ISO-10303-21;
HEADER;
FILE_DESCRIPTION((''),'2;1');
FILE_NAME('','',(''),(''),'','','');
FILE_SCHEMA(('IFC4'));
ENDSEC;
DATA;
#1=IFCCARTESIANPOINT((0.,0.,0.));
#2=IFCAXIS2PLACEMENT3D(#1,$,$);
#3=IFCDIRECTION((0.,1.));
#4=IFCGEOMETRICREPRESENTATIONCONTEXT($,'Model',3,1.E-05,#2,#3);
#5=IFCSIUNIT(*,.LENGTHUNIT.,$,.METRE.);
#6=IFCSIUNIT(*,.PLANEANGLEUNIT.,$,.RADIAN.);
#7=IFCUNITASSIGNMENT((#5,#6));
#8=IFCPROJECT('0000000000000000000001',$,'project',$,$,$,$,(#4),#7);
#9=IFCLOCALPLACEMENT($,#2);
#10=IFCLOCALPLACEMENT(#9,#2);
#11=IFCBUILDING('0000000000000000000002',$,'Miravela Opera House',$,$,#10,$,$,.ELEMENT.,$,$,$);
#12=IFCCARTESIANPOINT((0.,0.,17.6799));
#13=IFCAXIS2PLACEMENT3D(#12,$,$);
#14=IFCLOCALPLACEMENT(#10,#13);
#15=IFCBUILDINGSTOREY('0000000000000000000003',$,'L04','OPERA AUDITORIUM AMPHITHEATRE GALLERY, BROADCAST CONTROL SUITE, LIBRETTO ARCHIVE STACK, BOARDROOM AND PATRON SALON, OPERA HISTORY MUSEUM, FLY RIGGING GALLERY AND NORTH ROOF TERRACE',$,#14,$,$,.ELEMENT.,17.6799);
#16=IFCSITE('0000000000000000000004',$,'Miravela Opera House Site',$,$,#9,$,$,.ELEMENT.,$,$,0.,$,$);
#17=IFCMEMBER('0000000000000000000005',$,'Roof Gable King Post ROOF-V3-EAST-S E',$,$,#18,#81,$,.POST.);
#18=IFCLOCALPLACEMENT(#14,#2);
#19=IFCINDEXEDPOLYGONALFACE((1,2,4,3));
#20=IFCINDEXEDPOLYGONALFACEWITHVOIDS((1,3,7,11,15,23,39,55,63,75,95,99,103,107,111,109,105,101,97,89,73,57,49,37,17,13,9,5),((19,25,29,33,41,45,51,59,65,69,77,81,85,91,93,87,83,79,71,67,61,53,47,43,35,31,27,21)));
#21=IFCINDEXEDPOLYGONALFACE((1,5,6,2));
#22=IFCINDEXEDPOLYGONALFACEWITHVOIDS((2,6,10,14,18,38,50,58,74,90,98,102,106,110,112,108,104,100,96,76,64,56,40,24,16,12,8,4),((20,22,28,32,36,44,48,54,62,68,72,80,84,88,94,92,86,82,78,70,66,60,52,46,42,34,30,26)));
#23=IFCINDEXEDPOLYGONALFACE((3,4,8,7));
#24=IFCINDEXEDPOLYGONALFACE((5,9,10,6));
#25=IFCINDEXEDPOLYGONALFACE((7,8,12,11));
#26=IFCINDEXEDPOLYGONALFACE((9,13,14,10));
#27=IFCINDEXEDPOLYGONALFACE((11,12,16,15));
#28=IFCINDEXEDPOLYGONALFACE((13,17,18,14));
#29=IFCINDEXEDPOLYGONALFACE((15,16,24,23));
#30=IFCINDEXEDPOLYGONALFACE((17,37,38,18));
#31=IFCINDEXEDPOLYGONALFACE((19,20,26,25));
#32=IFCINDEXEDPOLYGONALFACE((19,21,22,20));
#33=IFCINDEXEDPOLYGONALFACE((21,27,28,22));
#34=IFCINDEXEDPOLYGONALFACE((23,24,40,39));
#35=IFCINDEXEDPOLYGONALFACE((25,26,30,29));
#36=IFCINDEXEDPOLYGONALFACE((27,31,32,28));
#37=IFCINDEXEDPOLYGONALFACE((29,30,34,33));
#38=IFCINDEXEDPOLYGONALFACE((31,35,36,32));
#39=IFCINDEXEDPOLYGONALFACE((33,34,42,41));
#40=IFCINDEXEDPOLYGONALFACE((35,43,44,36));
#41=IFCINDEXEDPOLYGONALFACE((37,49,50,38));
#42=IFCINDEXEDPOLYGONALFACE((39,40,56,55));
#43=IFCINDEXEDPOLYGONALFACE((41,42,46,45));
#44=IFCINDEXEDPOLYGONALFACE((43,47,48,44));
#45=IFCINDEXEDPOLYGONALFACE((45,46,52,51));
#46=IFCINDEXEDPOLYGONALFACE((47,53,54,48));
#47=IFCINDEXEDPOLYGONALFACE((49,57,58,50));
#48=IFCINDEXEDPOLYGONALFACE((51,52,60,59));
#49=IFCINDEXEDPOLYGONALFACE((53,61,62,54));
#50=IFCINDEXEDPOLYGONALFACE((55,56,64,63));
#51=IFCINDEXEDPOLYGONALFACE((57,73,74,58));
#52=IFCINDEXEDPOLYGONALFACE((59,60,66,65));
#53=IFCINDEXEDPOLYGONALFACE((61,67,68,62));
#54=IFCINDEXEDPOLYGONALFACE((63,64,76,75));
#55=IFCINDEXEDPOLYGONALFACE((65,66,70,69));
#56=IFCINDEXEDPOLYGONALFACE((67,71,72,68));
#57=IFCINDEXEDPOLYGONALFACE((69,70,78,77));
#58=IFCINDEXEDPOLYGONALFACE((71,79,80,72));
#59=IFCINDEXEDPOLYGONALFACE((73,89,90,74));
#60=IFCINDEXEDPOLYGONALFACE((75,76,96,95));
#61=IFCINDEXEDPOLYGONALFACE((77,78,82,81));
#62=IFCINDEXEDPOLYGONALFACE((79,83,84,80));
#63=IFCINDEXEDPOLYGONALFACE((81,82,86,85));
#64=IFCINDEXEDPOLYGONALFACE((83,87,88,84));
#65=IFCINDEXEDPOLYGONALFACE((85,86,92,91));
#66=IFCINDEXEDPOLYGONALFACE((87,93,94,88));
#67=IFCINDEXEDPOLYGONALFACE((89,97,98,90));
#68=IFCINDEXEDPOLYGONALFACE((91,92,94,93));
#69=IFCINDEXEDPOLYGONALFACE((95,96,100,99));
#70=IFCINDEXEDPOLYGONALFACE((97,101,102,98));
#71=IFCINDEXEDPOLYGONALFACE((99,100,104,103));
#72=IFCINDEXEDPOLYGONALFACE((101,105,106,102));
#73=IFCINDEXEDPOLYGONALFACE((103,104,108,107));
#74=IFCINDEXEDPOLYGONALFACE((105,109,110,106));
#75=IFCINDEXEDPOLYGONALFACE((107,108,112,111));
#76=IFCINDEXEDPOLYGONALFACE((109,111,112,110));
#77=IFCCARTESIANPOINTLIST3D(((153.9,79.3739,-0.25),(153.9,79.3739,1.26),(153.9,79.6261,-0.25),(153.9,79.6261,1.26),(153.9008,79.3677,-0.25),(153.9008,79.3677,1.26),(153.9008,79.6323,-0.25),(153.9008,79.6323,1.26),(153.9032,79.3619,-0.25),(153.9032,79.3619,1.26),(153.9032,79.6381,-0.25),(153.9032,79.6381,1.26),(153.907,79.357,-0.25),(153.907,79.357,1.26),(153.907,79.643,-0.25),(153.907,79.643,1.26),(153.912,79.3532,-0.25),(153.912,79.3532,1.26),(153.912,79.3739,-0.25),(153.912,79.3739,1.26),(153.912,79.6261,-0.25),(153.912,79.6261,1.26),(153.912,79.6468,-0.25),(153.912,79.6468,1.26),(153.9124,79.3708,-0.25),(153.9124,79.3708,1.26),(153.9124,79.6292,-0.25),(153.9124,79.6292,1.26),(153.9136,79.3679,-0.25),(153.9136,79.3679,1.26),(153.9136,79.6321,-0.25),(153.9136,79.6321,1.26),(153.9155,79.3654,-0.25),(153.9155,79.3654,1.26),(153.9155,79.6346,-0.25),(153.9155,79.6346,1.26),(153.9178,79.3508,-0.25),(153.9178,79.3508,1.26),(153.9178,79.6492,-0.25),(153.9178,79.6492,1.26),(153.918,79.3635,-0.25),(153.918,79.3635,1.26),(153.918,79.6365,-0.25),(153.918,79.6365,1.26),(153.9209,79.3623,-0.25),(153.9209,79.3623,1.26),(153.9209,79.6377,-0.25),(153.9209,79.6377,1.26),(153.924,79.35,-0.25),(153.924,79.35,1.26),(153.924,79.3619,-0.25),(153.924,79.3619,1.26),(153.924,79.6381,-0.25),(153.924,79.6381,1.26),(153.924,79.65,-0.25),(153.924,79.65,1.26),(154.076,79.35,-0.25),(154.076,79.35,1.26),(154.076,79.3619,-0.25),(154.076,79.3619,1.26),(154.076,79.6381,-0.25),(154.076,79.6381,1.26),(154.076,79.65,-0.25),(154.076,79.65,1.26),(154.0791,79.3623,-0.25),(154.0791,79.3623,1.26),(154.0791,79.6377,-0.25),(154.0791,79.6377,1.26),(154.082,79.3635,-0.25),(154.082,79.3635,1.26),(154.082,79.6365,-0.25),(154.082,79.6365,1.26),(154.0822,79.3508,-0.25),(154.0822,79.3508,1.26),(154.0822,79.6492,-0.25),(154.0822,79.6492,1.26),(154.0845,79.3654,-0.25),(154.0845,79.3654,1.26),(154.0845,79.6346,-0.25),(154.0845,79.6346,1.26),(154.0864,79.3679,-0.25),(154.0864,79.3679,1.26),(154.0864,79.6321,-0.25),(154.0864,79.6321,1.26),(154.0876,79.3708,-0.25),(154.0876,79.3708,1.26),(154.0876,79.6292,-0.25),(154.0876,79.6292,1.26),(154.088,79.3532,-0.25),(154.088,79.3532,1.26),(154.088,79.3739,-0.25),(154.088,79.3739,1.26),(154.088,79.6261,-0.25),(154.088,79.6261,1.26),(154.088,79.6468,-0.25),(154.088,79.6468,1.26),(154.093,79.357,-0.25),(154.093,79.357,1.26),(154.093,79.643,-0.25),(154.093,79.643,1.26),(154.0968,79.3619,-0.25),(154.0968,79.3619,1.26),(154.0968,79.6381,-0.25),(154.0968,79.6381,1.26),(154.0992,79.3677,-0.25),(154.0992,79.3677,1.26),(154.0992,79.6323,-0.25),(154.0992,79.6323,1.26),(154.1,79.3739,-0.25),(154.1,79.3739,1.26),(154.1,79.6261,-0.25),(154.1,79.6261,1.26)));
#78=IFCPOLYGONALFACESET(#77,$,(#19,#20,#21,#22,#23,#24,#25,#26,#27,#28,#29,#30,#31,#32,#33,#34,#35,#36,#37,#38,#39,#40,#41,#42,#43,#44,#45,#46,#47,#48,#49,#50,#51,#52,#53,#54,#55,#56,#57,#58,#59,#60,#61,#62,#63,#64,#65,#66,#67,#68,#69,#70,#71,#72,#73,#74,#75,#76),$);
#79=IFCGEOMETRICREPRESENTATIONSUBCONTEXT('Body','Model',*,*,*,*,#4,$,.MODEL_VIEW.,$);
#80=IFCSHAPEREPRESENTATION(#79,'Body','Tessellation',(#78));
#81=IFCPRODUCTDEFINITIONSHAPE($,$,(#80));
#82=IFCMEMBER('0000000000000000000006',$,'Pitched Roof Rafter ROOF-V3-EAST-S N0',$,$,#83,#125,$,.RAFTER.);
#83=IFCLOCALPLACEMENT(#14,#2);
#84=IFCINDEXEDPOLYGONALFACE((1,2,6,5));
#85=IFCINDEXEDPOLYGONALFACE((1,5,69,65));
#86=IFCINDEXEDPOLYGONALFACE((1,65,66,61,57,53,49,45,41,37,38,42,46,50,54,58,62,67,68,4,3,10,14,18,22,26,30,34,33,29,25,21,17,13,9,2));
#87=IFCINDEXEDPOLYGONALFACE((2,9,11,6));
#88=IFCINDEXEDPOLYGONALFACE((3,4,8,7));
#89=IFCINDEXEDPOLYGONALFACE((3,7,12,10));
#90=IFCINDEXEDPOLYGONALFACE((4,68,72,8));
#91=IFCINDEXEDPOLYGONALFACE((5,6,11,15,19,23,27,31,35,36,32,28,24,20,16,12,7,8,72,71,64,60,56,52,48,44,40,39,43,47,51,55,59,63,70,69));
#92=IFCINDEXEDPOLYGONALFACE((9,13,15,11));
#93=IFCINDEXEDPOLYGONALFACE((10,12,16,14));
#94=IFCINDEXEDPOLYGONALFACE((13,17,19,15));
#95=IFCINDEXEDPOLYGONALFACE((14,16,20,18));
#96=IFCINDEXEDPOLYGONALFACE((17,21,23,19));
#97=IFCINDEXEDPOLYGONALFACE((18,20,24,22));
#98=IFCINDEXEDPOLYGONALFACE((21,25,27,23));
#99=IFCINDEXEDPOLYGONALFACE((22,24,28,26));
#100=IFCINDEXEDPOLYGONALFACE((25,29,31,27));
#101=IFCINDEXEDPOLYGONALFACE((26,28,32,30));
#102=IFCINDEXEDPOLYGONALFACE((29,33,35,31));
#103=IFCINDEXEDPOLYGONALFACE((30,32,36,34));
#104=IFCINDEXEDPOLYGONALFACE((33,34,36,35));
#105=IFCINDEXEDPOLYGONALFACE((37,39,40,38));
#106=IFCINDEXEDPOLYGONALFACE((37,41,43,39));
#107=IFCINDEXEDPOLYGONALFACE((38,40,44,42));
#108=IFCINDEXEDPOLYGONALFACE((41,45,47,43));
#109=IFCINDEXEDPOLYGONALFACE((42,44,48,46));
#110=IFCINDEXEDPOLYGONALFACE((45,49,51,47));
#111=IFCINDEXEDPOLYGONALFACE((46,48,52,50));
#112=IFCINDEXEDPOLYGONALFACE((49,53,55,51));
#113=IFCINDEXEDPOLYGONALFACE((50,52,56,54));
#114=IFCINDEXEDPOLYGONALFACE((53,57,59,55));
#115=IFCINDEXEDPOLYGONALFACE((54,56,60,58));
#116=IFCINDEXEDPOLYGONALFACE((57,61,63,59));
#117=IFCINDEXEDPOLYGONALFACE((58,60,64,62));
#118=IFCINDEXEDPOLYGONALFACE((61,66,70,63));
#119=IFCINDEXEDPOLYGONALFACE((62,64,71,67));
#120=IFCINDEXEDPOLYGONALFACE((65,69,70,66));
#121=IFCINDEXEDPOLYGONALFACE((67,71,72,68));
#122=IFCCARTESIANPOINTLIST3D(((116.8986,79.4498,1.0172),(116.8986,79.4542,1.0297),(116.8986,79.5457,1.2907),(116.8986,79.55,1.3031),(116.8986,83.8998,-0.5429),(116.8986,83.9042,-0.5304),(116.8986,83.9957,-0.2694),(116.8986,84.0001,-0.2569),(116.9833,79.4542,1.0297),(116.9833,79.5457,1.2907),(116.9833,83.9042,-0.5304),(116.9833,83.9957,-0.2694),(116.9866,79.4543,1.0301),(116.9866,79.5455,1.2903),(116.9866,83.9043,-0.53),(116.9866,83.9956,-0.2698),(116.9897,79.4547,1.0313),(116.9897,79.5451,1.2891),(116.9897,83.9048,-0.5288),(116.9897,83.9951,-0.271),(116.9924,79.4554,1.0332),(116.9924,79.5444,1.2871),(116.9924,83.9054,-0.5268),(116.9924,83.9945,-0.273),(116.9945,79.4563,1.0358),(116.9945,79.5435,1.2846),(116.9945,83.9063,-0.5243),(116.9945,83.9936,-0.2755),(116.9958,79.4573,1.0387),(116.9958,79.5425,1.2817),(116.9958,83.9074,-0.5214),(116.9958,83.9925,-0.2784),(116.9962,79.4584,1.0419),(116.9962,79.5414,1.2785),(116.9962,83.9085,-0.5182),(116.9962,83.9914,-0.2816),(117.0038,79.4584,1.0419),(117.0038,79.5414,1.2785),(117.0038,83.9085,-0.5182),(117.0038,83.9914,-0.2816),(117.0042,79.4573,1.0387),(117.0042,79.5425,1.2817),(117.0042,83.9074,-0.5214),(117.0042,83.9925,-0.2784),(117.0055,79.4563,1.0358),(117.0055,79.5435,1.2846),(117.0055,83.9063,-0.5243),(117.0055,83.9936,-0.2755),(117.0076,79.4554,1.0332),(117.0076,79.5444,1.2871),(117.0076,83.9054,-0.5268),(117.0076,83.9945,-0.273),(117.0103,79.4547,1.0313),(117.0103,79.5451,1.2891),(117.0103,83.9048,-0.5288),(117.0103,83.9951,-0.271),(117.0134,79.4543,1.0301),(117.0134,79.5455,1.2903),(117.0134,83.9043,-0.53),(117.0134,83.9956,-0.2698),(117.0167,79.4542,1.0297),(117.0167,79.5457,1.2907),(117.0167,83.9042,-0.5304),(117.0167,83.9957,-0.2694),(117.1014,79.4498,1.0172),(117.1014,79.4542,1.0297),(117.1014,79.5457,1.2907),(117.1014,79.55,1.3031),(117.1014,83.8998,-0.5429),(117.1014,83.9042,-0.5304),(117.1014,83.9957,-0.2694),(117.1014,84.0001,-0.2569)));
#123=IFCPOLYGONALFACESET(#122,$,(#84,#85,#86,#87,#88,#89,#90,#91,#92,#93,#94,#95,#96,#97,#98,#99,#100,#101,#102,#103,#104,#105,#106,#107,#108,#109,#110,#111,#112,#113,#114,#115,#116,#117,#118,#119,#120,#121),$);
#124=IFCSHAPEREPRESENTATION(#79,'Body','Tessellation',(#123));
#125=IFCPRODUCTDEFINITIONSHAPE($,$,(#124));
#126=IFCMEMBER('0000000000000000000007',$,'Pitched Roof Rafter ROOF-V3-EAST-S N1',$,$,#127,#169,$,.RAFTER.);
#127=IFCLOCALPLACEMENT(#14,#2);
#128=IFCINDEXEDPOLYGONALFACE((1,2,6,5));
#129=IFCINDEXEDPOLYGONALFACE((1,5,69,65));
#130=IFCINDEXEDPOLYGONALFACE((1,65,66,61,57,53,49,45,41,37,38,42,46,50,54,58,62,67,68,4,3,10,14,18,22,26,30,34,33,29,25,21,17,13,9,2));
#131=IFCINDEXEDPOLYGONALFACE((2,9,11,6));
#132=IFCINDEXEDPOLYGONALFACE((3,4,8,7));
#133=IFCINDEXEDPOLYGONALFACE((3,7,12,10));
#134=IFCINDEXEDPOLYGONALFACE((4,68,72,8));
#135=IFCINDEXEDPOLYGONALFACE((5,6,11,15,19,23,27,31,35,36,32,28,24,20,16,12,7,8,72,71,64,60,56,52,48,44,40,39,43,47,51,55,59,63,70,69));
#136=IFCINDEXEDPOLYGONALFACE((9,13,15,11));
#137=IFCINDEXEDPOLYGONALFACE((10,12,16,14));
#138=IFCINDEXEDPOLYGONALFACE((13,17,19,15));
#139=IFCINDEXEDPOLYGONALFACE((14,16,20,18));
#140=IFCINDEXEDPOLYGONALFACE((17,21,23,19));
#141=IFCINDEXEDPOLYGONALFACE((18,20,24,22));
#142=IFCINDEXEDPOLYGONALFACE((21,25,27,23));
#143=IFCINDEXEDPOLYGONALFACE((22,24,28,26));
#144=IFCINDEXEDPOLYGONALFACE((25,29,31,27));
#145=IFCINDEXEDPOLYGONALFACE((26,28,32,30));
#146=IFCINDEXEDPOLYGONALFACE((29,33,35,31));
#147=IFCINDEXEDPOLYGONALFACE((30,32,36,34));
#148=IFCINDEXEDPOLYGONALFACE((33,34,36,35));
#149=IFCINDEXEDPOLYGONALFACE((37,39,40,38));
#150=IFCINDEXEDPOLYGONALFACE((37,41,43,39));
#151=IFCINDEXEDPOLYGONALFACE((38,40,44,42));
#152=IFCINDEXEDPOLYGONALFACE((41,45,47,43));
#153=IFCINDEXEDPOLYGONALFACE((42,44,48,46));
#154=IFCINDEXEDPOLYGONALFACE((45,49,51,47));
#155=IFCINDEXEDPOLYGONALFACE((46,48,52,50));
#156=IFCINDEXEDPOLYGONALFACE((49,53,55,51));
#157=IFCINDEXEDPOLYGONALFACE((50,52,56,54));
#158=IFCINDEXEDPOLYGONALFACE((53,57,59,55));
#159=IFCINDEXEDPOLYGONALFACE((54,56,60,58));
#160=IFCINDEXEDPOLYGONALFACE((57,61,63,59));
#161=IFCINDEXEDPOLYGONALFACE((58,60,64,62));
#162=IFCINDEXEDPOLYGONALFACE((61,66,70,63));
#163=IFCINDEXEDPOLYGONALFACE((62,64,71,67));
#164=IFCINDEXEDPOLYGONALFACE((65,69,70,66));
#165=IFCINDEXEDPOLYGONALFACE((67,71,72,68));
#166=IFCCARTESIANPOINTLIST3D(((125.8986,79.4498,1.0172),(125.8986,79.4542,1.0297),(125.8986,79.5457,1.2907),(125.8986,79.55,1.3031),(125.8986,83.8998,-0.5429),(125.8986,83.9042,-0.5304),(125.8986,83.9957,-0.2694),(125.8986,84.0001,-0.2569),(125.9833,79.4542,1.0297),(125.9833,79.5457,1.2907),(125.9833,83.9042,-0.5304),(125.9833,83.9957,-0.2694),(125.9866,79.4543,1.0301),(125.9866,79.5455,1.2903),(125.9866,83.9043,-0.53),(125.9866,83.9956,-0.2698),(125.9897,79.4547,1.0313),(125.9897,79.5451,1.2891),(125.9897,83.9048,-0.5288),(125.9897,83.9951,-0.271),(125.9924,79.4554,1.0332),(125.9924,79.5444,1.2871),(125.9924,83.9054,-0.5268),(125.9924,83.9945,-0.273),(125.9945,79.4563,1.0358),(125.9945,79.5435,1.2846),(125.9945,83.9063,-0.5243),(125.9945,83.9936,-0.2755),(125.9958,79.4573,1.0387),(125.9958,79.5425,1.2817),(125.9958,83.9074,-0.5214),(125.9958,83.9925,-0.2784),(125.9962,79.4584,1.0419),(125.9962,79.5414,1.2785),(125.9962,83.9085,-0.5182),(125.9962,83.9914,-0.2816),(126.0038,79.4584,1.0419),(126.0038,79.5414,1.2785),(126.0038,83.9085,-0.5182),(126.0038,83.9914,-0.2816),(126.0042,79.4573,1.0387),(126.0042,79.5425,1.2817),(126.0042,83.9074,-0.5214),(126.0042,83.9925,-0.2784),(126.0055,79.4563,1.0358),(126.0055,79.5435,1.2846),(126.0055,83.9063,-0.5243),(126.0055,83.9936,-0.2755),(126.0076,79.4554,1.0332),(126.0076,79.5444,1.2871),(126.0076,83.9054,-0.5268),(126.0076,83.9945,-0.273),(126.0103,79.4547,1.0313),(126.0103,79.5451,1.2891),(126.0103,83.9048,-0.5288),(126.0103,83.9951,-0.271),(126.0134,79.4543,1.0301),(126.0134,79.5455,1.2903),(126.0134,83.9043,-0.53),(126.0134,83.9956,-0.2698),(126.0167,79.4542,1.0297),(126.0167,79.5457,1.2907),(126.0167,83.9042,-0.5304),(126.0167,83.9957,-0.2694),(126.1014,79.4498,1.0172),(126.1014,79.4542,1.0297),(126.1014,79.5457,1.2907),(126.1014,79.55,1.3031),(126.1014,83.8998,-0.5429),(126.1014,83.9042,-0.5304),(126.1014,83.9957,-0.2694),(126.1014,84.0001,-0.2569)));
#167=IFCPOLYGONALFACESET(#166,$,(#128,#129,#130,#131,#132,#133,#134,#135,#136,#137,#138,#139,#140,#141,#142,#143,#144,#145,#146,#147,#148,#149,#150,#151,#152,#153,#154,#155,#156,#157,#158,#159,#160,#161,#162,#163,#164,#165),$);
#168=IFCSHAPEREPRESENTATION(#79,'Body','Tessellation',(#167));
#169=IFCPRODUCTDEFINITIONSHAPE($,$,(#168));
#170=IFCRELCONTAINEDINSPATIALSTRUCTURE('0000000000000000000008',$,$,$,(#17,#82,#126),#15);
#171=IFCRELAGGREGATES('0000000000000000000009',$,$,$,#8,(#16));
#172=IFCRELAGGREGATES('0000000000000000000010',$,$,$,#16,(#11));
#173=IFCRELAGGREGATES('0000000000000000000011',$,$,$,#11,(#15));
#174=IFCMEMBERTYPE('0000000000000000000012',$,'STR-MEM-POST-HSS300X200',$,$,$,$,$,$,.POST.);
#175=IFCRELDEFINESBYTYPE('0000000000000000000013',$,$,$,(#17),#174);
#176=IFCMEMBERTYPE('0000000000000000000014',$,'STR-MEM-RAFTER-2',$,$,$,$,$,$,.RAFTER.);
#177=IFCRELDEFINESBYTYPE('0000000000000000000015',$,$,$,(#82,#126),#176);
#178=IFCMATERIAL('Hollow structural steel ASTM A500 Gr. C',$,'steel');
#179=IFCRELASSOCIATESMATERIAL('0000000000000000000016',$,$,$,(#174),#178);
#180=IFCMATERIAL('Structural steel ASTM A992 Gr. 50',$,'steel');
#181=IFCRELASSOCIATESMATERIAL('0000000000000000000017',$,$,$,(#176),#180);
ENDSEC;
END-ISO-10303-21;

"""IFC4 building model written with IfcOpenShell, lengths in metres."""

from ifc_helpers import new_model, si_unit, direction, frame, origin, origin_2d, place, context, subcontext, project, spatial, hollow_rectangle, i_section, extrude, material, material_profile, profile_set, type_object, element, save


model = new_model("IFC4")

# Units and contexts
model_context = context("Model", 3, precision=1e-05, world=origin(), true_north=direction((0.0, 1.0)))
body_context = subcontext(model_context, "Body", "Model", "MODEL_VIEW")
ifc_project = project(units=[si_unit("LENGTHUNIT", "METRE"), si_unit("PLANEANGLEUNIT", "RADIAN")], contexts=[model_context])

# Site, building, storey
site_placement = place(None, origin())
site = spatial("IfcSite", under=ifc_project, at=site_placement, Name="Miravela Opera House Site", CompositionType="ELEMENT", RefElevation=0.0)
building_placement = place(site_placement, origin())
building = spatial("IfcBuilding", under=site, at=building_placement, Name="Miravela Opera House", CompositionType="ELEMENT")
storey_placement = place(building_placement, frame((0.0, 0.0, 17.6799)))
storey = spatial("IfcBuildingStorey", under=building, at=storey_placement, Name="L04", Description="OPERA AUDITORIUM AMPHITHEATRE GALLERY, BROADCAST CONTROL SUITE, LIBRETTO ARCHIVE STACK, BOARDROOM AND PATRON SALON, OPERA HISTORY MUSEUM, FLY RIGGING GALLERY AND NORTH ROOF TERRACE", CompositionType="ELEMENT", Elevation=17.6799)

# Shared definitions
ifc_material_1 = material(Name="Structural steel ASTM A992 Gr. 50", Category="steel")

# Members
ifc_material_2 = material(Name="Hollow structural steel ASTM A500 Gr. C", Category="steel")
ifc_material_profile_1 = material_profile(ifc_material_2, hollow_rectangle(XDim=0.2, YDim=0.3, WallThickness=0.012, InnerFilletRadius=0.012, OuterFilletRadius=0.0239, at=origin_2d()), Name="HSS300X200X12")
ifc_profile_set_1 = profile_set([ifc_material_profile_1])
member_type_1 = type_object("IfcMemberType", Name="STR-MEM-POST-HSS300X200", PredefinedType="POST", material=ifc_profile_set_1)
for number, where, z_axis, x_axis, name in (
    (1, (154.0, 79.5, -0.25), (0.0, 0.0, 1.0), (1.0, 0.0, 0.0), "Roof Gable King Post ROOF-V3-EAST-S E"),
):
    element("IfcMember", number, at=place(storey_placement, frame(where, z_axis=z_axis, x_axis=x_axis)), inside=storey, type_object=member_type_1, Name=name, PredefinedType="POST", context=body_context, shape_type="SweptSolid", body=[
        extrude(hollow_rectangle(XDim=0.2, YDim=0.3, WallThickness=0.012, InnerFilletRadius=0.012, OuterFilletRadius=0.0239, at=origin_2d()), origin(), (0.0, 0.0, 1.0), 1.51),
    ])
ifc_material_profile_2 = material_profile(ifc_material_1, i_section(OverallWidth=0.2029, OverallDepth=0.303, WebThickness=0.0076, FlangeThickness=0.0132, FilletRadius=0.0129, at=origin_2d()), Name="W310X60")
ifc_profile_set_2 = profile_set([ifc_material_profile_2])
member_type_2 = type_object("IfcMemberType", Name="STR-MEM-RAFTER-2", PredefinedType="RAFTER", material=ifc_profile_set_2)
for number, where, z_axis, x_axis, name in (
    (2, (117.0, 83.95, -0.3999), (0.0, -0.943688, 0.330837), (1.0, 0.0, 0.0), "Pitched Roof Rafter ROOF-V3-EAST-S N0"),
    (3, (126.0, 83.95, -0.3999), (0.0, -0.943688, 0.330837), (1.0, 0.0, 0.0), "Pitched Roof Rafter ROOF-V3-EAST-S N1"),
):
    element("IfcMember", number, at=place(storey_placement, frame(where, z_axis=z_axis, x_axis=x_axis)), inside=storey, type_object=member_type_2, Name=name, PredefinedType="RAFTER", context=body_context, shape_type="SweptSolid", body=[
        extrude(i_section(OverallWidth=0.2029, OverallDepth=0.303, WebThickness=0.0076, FlangeThickness=0.0132, FilletRadius=0.0129, at=origin_2d()), origin(), (0.0, 0.0, 1.0), 4.7156),
    ])

save(model, "model.ifc")
